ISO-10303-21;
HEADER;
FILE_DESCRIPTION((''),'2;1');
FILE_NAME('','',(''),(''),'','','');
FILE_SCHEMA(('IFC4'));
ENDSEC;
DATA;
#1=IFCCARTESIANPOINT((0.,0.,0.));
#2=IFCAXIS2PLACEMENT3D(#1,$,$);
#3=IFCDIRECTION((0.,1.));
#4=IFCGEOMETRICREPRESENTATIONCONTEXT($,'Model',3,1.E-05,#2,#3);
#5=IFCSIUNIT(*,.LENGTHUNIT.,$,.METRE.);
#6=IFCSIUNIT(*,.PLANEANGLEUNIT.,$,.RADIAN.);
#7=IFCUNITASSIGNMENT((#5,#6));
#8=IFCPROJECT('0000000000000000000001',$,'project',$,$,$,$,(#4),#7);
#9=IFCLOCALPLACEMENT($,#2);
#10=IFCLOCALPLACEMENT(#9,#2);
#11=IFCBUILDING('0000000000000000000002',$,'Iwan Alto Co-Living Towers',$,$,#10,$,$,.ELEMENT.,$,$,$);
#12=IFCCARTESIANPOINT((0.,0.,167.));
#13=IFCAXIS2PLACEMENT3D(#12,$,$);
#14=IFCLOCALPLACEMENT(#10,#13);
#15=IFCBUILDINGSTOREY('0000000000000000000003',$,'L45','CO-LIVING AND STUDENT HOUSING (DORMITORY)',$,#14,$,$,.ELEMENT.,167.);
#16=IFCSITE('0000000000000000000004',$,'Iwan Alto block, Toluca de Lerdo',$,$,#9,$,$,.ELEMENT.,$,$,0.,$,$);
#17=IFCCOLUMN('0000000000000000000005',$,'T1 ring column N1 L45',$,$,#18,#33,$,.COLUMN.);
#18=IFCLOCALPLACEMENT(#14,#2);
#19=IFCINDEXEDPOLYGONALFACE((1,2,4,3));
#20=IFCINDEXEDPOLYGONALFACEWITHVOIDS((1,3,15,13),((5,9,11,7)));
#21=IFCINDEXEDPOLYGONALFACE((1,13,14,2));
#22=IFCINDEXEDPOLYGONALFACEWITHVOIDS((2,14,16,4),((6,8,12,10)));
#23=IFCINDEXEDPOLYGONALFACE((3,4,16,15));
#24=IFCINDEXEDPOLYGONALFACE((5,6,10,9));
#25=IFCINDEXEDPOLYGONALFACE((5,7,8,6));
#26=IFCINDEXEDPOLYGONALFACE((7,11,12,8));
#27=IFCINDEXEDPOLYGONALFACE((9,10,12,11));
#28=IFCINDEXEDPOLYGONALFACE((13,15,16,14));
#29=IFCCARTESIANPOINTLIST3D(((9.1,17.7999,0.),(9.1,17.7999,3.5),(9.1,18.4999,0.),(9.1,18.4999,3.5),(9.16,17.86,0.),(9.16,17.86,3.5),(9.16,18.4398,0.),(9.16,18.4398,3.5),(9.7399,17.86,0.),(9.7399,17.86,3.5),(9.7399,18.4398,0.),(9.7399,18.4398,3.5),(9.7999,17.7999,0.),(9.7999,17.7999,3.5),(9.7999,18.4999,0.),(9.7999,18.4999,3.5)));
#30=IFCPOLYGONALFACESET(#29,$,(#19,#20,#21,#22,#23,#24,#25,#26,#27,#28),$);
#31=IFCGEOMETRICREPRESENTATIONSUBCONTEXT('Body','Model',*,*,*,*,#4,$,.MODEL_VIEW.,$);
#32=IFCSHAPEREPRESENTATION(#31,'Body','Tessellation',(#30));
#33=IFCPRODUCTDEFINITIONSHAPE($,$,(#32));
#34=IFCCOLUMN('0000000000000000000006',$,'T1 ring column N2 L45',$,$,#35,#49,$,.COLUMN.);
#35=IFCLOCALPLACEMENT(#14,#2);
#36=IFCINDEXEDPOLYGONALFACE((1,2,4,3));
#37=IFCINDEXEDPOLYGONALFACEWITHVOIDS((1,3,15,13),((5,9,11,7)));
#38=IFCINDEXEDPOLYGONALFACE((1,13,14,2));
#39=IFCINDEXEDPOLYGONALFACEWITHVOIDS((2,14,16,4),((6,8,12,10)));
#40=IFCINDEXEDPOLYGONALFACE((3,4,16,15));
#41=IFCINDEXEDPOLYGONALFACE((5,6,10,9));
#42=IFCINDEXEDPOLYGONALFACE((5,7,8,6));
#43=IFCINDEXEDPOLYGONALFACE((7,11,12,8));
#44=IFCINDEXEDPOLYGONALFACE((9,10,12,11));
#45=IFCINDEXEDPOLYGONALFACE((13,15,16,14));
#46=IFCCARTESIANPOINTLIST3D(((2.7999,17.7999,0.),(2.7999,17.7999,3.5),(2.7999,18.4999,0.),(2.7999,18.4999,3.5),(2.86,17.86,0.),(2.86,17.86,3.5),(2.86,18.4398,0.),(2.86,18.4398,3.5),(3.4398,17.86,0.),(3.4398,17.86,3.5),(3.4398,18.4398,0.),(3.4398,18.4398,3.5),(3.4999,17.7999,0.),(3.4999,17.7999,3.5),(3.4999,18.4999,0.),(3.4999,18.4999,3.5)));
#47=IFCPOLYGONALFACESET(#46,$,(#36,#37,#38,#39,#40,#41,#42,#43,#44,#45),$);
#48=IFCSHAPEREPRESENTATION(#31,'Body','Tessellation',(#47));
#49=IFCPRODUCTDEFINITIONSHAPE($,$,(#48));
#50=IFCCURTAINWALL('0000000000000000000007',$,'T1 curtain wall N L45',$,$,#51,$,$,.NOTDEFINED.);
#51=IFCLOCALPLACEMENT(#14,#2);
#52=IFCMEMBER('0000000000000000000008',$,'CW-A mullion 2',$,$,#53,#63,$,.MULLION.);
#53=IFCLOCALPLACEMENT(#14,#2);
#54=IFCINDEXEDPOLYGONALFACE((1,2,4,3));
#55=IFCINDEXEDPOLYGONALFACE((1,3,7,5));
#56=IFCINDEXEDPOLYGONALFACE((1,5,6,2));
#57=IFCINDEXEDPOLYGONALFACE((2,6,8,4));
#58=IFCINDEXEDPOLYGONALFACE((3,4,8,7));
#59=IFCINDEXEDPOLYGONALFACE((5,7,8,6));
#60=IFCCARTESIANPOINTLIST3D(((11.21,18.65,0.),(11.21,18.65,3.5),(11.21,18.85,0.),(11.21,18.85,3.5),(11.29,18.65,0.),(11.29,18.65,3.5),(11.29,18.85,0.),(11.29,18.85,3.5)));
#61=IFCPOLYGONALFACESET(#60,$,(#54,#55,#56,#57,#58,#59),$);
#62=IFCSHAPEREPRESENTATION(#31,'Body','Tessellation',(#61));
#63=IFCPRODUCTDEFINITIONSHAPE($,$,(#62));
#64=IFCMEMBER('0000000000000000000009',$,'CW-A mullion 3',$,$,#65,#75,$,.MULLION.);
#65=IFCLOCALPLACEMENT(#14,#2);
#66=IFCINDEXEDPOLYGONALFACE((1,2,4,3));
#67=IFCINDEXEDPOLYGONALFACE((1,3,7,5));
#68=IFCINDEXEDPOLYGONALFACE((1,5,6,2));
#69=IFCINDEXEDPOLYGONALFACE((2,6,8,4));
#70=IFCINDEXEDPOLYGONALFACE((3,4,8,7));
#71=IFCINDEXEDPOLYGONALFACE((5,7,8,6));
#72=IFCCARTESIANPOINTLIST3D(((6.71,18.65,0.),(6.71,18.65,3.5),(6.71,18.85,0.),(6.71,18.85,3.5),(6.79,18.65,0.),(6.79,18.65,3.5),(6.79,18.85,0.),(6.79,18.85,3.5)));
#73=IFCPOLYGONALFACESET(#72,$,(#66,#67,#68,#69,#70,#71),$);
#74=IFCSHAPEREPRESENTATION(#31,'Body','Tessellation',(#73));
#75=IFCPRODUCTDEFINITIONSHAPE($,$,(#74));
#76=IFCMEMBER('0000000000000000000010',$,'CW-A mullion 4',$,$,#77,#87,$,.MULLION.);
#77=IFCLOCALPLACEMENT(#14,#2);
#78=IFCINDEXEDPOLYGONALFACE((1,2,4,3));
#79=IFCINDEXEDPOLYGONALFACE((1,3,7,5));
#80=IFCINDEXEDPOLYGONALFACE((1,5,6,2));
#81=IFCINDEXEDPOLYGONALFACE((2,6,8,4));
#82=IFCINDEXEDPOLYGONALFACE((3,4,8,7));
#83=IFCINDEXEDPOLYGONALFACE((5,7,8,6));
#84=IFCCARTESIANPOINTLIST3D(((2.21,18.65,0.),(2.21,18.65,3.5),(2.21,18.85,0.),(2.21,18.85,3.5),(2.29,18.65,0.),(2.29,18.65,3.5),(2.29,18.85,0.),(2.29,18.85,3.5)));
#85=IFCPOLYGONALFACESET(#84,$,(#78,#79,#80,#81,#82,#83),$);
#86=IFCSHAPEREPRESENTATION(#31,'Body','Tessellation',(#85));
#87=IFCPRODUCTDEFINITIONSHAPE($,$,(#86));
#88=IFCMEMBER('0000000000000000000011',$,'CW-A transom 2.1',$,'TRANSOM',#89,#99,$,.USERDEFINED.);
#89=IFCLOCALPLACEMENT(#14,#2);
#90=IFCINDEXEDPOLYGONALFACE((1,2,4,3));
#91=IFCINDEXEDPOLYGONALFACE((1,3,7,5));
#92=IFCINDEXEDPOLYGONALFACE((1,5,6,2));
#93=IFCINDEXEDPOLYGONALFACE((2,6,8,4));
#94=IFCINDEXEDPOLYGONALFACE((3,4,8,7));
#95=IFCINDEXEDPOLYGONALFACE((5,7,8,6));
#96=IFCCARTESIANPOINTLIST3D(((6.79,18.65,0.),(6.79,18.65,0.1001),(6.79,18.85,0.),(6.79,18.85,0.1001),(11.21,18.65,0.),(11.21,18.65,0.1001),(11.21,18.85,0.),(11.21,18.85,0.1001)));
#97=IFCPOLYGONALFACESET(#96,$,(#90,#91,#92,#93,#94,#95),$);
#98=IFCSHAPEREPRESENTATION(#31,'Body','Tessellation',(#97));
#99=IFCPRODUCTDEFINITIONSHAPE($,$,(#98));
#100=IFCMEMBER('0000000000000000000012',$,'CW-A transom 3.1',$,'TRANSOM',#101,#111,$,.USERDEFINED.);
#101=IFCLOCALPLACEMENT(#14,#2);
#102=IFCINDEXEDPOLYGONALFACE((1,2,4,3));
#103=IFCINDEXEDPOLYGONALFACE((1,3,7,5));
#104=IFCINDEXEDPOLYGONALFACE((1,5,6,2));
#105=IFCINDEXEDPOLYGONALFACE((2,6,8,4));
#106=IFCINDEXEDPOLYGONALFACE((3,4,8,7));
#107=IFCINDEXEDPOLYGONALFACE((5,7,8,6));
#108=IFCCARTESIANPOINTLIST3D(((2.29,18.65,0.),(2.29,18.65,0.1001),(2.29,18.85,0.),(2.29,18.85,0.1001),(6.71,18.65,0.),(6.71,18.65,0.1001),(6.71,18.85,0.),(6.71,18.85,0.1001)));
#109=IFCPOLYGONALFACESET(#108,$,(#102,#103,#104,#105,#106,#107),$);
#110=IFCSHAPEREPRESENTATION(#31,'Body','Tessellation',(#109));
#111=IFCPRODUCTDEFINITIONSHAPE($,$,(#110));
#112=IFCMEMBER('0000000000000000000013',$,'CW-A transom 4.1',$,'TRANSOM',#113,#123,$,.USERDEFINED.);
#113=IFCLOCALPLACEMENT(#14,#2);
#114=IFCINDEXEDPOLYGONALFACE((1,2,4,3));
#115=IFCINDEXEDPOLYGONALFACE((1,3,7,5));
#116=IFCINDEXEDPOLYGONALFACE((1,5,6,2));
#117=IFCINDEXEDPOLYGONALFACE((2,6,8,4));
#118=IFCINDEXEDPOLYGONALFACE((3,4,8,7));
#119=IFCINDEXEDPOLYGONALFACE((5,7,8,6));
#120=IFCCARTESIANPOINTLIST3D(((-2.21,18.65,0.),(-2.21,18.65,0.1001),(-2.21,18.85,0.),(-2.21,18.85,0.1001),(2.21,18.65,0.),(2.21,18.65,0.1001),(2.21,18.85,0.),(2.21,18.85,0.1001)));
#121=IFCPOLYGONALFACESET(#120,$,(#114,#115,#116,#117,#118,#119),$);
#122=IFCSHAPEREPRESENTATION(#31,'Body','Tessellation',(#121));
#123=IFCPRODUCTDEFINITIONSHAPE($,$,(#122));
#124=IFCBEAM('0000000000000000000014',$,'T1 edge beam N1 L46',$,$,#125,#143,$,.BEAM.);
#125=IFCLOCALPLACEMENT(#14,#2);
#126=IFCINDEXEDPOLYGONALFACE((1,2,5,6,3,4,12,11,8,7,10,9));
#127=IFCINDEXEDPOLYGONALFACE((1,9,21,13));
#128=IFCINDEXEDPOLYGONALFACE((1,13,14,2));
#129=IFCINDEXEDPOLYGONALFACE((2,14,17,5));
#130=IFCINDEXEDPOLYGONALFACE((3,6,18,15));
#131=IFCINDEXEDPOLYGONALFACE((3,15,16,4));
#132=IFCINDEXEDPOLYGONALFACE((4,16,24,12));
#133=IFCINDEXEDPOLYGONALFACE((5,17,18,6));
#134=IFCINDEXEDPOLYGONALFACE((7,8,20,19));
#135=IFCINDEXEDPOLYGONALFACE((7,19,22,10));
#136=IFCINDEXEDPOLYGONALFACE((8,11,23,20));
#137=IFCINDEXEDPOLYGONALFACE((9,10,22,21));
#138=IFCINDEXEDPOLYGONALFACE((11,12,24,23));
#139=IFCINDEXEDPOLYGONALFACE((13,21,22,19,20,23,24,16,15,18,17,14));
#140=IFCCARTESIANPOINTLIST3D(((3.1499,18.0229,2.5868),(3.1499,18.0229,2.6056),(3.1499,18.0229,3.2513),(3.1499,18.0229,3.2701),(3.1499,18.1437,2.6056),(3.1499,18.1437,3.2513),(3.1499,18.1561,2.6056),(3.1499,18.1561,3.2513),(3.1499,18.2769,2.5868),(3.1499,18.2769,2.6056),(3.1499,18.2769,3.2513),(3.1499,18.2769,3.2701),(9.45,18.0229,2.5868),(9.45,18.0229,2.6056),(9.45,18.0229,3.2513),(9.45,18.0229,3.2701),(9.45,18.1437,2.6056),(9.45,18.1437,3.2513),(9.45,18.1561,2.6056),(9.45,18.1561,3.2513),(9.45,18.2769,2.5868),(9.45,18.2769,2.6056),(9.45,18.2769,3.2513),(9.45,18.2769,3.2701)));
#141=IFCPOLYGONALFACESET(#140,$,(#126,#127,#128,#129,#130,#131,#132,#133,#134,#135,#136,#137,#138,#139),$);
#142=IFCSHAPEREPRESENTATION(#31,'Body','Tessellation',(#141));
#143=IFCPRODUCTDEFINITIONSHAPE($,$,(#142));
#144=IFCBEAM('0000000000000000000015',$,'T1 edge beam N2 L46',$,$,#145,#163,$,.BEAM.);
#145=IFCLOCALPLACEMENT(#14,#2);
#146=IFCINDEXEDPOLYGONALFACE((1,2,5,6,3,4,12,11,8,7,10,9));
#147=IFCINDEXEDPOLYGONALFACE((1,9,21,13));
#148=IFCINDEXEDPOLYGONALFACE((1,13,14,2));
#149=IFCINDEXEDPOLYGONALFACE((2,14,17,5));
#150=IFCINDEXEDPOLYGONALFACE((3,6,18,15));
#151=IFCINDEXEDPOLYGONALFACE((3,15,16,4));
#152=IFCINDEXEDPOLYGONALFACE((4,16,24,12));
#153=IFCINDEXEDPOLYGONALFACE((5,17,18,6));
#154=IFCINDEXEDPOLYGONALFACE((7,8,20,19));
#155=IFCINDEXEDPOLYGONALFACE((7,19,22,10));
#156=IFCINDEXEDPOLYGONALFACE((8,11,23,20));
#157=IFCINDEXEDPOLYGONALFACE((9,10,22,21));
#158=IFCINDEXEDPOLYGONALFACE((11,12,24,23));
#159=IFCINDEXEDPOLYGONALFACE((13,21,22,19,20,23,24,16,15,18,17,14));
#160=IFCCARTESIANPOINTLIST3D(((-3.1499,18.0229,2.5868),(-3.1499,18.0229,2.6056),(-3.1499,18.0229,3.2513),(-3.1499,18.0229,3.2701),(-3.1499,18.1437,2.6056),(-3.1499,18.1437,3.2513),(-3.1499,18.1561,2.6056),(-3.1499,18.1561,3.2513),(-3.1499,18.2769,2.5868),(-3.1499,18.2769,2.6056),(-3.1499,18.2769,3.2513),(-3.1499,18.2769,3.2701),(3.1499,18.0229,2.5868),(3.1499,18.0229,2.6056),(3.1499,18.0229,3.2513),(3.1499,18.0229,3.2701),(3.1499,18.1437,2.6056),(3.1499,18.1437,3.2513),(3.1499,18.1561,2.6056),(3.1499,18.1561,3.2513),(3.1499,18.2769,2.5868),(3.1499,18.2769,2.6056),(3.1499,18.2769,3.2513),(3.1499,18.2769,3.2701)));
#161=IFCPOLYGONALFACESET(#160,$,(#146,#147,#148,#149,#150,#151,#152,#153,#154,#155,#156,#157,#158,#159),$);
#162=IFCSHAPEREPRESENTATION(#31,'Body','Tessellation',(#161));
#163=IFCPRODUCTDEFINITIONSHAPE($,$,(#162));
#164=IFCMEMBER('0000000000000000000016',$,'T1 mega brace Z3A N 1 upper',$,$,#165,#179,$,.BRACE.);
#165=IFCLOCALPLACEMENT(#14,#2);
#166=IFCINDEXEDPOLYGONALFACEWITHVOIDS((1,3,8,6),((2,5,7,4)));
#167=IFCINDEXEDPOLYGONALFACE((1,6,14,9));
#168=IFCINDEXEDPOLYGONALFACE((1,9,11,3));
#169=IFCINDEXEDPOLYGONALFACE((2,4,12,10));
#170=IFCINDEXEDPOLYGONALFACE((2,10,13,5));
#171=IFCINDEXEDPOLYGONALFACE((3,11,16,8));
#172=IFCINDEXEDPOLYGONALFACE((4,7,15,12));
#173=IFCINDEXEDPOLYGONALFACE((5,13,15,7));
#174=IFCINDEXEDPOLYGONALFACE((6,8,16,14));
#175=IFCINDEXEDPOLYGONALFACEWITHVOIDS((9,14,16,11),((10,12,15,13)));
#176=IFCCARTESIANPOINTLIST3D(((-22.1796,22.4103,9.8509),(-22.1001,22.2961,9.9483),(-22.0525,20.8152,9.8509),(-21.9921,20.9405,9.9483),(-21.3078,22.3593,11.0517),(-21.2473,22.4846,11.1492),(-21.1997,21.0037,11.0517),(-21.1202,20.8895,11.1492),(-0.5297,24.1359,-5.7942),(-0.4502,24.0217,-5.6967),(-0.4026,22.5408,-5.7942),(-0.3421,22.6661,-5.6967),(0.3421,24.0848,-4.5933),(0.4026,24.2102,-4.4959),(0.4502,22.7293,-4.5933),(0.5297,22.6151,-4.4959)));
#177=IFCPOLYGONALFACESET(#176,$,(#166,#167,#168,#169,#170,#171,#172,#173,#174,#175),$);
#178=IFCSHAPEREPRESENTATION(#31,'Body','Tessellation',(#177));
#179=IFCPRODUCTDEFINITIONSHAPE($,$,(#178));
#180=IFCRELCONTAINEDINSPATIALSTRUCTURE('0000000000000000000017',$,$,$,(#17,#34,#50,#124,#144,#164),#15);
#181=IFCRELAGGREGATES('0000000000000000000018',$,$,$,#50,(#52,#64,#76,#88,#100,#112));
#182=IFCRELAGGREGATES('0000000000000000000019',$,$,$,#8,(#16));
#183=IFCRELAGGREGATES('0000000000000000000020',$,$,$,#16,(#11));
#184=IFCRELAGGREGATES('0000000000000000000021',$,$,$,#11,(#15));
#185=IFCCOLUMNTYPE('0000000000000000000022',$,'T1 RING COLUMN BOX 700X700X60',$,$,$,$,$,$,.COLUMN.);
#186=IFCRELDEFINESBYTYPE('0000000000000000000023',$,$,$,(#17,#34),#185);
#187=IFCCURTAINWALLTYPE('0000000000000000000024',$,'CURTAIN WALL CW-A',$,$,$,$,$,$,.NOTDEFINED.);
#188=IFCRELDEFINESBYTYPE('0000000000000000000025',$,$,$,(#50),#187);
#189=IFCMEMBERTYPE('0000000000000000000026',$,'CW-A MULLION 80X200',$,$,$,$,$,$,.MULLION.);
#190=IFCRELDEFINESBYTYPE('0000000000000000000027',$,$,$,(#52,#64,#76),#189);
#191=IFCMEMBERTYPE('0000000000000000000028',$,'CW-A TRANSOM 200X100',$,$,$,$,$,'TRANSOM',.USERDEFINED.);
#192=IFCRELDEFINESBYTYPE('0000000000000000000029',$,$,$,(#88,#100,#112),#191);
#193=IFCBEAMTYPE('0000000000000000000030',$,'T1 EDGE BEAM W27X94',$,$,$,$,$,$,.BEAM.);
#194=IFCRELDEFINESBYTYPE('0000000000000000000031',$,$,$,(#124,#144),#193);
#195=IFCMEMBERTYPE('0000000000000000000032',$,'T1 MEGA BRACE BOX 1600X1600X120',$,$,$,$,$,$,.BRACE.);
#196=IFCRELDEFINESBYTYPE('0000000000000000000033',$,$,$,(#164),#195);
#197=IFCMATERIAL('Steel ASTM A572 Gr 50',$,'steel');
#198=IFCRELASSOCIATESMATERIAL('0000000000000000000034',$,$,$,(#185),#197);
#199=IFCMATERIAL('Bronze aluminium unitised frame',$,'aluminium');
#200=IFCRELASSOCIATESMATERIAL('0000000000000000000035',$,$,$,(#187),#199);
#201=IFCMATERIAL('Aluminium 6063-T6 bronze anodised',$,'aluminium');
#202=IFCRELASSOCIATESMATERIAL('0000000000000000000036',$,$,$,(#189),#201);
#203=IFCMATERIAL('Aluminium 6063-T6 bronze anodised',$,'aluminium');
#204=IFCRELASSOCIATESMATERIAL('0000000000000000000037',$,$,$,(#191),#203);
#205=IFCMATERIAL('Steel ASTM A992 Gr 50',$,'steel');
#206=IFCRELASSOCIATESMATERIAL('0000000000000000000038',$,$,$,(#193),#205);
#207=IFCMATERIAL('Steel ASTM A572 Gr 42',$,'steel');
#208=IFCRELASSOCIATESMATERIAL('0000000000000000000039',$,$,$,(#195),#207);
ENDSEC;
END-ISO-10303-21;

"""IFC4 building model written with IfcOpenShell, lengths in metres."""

from ifc_helpers import new_model, si_unit, direction, frame, origin, origin_2d, place, context, subcontext, project, spatial, rectangle, hollow_rectangle, i_section, extrude, material, material_profile, profile_set, type_object, element, aggregate, save


model = new_model("IFC4")

# Units and contexts
model_context = context("Model", 3, precision=1e-05, world=origin(), true_north=direction((0.0, 1.0)))
body_context = subcontext(model_context, "Body", "Model", "MODEL_VIEW")
ifc_project = project(units=[si_unit("LENGTHUNIT", "METRE"), si_unit("PLANEANGLEUNIT", "RADIAN")], contexts=[model_context])

# Site, building, storey
site_placement = place(None, origin())
site = spatial("IfcSite", under=ifc_project, at=site_placement, Name="Iwan Alto block, Toluca de Lerdo", CompositionType="ELEMENT", RefElevation=0.0)
building_placement = place(site_placement, origin())
building = spatial("IfcBuilding", under=site, at=building_placement, Name="Iwan Alto Co-Living Towers", CompositionType="ELEMENT")
storey_placement = place(building_placement, frame((0.0, 0.0, 167.0)))
storey = spatial("IfcBuildingStorey", under=building, at=storey_placement, Name="L45", Description="CO-LIVING AND STUDENT HOUSING (DORMITORY)", CompositionType="ELEMENT", Elevation=167.0)

# Columns
ifc_material_1 = material(Name="Steel ASTM A572 Gr 50", Category="steel")
ifc_material_profile_1 = material_profile(ifc_material_1, hollow_rectangle(XDim=0.7, YDim=0.7, WallThickness=0.0601, at=origin_2d()), Name="BOX 700X700X60")
ifc_profile_set_1 = profile_set([ifc_material_profile_1], Name="Steel ASTM A572 Gr 50")
column_type = type_object("IfcColumnType", Name="T1 RING COLUMN BOX 700X700X60", PredefinedType="COLUMN", material=ifc_profile_set_1)
for number, where, z_axis, x_axis, name in (
    (1, (9.45, 18.1499, 0.0), (0.0, 0.0, 1.0), (1.0, 0.0, 0.0), "T1 ring column N1 L45"),
    (2, (3.1499, 18.1499, 0.0), (0.0, 0.0, 1.0), (1.0, 0.0, 0.0), "T1 ring column N2 L45"),
):
    element("IfcColumn", number, at=place(storey_placement, frame(where, z_axis=z_axis, x_axis=x_axis)), inside=storey, type_object=column_type, Name=name, PredefinedType="COLUMN", context=body_context, shape_type="SweptSolid", body=[
        extrude(hollow_rectangle(XDim=0.7, YDim=0.7, WallThickness=0.0601, at=origin_2d()), origin(), (0.0, 0.0, 1.0), 3.5),
    ])

# Curtain wall, members
ifc_material_2 = material(Name="Bronze aluminium unitised frame", Category="aluminium")
curtain_wall_type = type_object("IfcCurtainWallType", Name="CURTAIN WALL CW-A", PredefinedType="NOTDEFINED", material=ifc_material_2)
curtain_wall_placement = place(storey_placement, origin())
curtain_wall = element("IfcCurtainWall", 3, at=curtain_wall_placement, inside=storey, type_object=curtain_wall_type, Name="T1 curtain wall N L45", PredefinedType="NOTDEFINED")
ifc_material_3 = material(Name="Aluminium 6063-T6 bronze anodised", Category="aluminium")
ifc_material_profile_2 = material_profile(ifc_material_3, rectangle(XDim=0.2, YDim=0.0801, at=origin_2d()), Name="AL 80X200")
ifc_profile_set_2 = profile_set([ifc_material_profile_2], Name="Aluminium 6063-T6 bronze anodised")
member_type_1 = type_object("IfcMemberType", Name="CW-A MULLION 80X200", PredefinedType="MULLION", material=ifc_profile_set_2)
member_1_placement = place(storey_placement, frame((11.25, 18.75, 0.0), z_axis=(0.0, 0.0, 1.0), x_axis=(0.0, -1.0, 0.0)))
member_1 = element("IfcMember", 4, at=member_1_placement, type_object=member_type_1, Name="CW-A mullion 2", PredefinedType="MULLION", context=body_context, shape_type="SweptSolid", body=[
    extrude(rectangle(XDim=0.2, YDim=0.0801, at=origin_2d()), origin(), (0.0, 0.0, 1.0), 3.5),
])
member_2_placement = place(storey_placement, frame((6.75, 18.75, 0.0), z_axis=(0.0, 0.0, 1.0), x_axis=(0.0, -1.0, 0.0)))
member_2 = element("IfcMember", 5, at=member_2_placement, type_object=member_type_1, Name="CW-A mullion 3", PredefinedType="MULLION", context=body_context, shape_type="SweptSolid", body=[
    extrude(rectangle(XDim=0.2, YDim=0.0801, at=origin_2d()), origin(), (0.0, 0.0, 1.0), 3.5),
])
member_3_placement = place(storey_placement, frame((2.25, 18.75, 0.0), z_axis=(0.0, 0.0, 1.0), x_axis=(0.0, -1.0, 0.0)))
member_3 = element("IfcMember", 6, at=member_3_placement, type_object=member_type_1, Name="CW-A mullion 4", PredefinedType="MULLION", context=body_context, shape_type="SweptSolid", body=[
    extrude(rectangle(XDim=0.2, YDim=0.0801, at=origin_2d()), origin(), (0.0, 0.0, 1.0), 3.5),
])
ifc_material_4 = material(Name="Aluminium 6063-T6 bronze anodised", Category="aluminium")
ifc_material_profile_3 = material_profile(ifc_material_4, rectangle(XDim=0.2, YDim=0.1001, at=origin_2d()), Name="AL 200X100")
ifc_profile_set_3 = profile_set([ifc_material_profile_3], Name="Aluminium 6063-T6 bronze anodised")
member_type_2 = type_object("IfcMemberType", Name="CW-A TRANSOM 200X100", ElementType="TRANSOM", PredefinedType="USERDEFINED", material=ifc_profile_set_3)
member_4_placement = place(storey_placement, frame((11.21, 18.75, 0.05), z_axis=(-1.0, 0.0, 0.0), x_axis=(0.0, -1.0, 0.0)))
member_4 = element("IfcMember", 7, at=member_4_placement, type_object=member_type_2, Name="CW-A transom 2.1", ObjectType="TRANSOM", PredefinedType="USERDEFINED", context=body_context, shape_type="SweptSolid", body=[
    extrude(rectangle(XDim=0.2, YDim=0.1001, at=origin_2d()), origin(), (0.0, 0.0, 1.0), 4.4199),
])
member_5_placement = place(storey_placement, frame((6.71, 18.75, 0.05), z_axis=(-1.0, 0.0, 0.0), x_axis=(0.0, -1.0, 0.0)))
member_5 = element("IfcMember", 8, at=member_5_placement, type_object=member_type_2, Name="CW-A transom 3.1", ObjectType="TRANSOM", PredefinedType="USERDEFINED", context=body_context, shape_type="SweptSolid", body=[
    extrude(rectangle(XDim=0.2, YDim=0.1001, at=origin_2d()), origin(), (0.0, 0.0, 1.0), 4.4199),
])
member_6_placement = place(storey_placement, frame((2.21, 18.75, 0.05), z_axis=(-1.0, 0.0, 0.0), x_axis=(0.0, -1.0, 0.0)))
member_6 = element("IfcMember", 9, at=member_6_placement, type_object=member_type_2, Name="CW-A transom 4.1", ObjectType="TRANSOM", PredefinedType="USERDEFINED", context=body_context, shape_type="SweptSolid", body=[
    extrude(rectangle(XDim=0.2, YDim=0.1001, at=origin_2d()), origin(), (0.0, 0.0, 1.0), 4.4199),
])

# Beams
ifc_material_5 = material(Name="Steel ASTM A992 Gr 50", Category="steel")
ifc_material_profile_4 = material_profile(ifc_material_5, i_section(OverallWidth=0.2539, OverallDepth=0.6833, WebThickness=0.0125, FlangeThickness=0.0188, at=origin_2d()), Name="W27X94")
ifc_profile_set_4 = profile_set([ifc_material_profile_4], Name="Steel ASTM A992 Gr 50")
beam_type_1 = type_object("IfcBeamType", Name="T1 EDGE BEAM W27X94", PredefinedType="BEAM", material=ifc_profile_set_4)
beam_1_placement = place(storey_placement, frame((9.45, 18.1499, 2.9285), z_axis=(-1.0, 0.0, 0.0), x_axis=(0.0, -1.0, 0.0)))
element("IfcBeam", 10, at=beam_1_placement, inside=storey, type_object=beam_type_1, Name="T1 edge beam N1 L46", PredefinedType="BEAM", context=body_context, shape_type="SweptSolid", body=[
    extrude(i_section(OverallWidth=0.2539, OverallDepth=0.6833, WebThickness=0.0125, FlangeThickness=0.0188, at=origin_2d()), origin(), (0.0, 0.0, 1.0), 6.3),
])
beam_2_placement = place(storey_placement, frame((3.1499, 18.1499, 2.9285), z_axis=(-1.0, 0.0, 0.0), x_axis=(0.0, -1.0, 0.0)))
element("IfcBeam", 11, at=beam_2_placement, inside=storey, type_object=beam_type_1, Name="T1 edge beam N2 L46", PredefinedType="BEAM", context=body_context, shape_type="SweptSolid", body=[
    extrude(i_section(OverallWidth=0.2539, OverallDepth=0.6833, WebThickness=0.0125, FlangeThickness=0.0188, at=origin_2d()), origin(), (0.0, 0.0, 1.0), 6.2998),
])

# Member
ifc_material_6 = material(Name="Steel ASTM A572 Gr 42", Category="steel")
ifc_material_profile_5 = material_profile(ifc_material_6, hollow_rectangle(XDim=1.6001, YDim=1.6001, WallThickness=0.1201, at=origin_2d()), Name="BOX 1600X1600X120")
ifc_profile_set_5 = profile_set([ifc_material_profile_5], Name="Steel ASTM A572 Gr 42")
member_type_3 = type_object("IfcMemberType", Name="T1 MEGA BRACE BOX 1600X1600X120", PredefinedType="BRACE", material=ifc_profile_set_5)
for number, where, z_axis, x_axis, name in (
    (12, (0.0, 23.3755, -5.145), (-0.808834, -0.064467, 0.584493), (0.079452, -0.996839, 0.0), "T1 mega brace Z3A N 1 upper"),
):
    element("IfcMember", number, at=place(storey_placement, frame(where, z_axis=z_axis, x_axis=x_axis)), inside=storey, type_object=member_type_3, Name=name, PredefinedType="BRACE", context=body_context, shape_type="SweptSolid", body=[
        extrude(hollow_rectangle(XDim=1.6001, YDim=1.6001, WallThickness=0.1201, at=origin_2d()), origin(), (0.0, 0.0, 1.0), 26.7668),
    ])

aggregate(curtain_wall, [member_1, member_2, member_3, member_4, member_5, member_6])

save(model, "model.ifc")
